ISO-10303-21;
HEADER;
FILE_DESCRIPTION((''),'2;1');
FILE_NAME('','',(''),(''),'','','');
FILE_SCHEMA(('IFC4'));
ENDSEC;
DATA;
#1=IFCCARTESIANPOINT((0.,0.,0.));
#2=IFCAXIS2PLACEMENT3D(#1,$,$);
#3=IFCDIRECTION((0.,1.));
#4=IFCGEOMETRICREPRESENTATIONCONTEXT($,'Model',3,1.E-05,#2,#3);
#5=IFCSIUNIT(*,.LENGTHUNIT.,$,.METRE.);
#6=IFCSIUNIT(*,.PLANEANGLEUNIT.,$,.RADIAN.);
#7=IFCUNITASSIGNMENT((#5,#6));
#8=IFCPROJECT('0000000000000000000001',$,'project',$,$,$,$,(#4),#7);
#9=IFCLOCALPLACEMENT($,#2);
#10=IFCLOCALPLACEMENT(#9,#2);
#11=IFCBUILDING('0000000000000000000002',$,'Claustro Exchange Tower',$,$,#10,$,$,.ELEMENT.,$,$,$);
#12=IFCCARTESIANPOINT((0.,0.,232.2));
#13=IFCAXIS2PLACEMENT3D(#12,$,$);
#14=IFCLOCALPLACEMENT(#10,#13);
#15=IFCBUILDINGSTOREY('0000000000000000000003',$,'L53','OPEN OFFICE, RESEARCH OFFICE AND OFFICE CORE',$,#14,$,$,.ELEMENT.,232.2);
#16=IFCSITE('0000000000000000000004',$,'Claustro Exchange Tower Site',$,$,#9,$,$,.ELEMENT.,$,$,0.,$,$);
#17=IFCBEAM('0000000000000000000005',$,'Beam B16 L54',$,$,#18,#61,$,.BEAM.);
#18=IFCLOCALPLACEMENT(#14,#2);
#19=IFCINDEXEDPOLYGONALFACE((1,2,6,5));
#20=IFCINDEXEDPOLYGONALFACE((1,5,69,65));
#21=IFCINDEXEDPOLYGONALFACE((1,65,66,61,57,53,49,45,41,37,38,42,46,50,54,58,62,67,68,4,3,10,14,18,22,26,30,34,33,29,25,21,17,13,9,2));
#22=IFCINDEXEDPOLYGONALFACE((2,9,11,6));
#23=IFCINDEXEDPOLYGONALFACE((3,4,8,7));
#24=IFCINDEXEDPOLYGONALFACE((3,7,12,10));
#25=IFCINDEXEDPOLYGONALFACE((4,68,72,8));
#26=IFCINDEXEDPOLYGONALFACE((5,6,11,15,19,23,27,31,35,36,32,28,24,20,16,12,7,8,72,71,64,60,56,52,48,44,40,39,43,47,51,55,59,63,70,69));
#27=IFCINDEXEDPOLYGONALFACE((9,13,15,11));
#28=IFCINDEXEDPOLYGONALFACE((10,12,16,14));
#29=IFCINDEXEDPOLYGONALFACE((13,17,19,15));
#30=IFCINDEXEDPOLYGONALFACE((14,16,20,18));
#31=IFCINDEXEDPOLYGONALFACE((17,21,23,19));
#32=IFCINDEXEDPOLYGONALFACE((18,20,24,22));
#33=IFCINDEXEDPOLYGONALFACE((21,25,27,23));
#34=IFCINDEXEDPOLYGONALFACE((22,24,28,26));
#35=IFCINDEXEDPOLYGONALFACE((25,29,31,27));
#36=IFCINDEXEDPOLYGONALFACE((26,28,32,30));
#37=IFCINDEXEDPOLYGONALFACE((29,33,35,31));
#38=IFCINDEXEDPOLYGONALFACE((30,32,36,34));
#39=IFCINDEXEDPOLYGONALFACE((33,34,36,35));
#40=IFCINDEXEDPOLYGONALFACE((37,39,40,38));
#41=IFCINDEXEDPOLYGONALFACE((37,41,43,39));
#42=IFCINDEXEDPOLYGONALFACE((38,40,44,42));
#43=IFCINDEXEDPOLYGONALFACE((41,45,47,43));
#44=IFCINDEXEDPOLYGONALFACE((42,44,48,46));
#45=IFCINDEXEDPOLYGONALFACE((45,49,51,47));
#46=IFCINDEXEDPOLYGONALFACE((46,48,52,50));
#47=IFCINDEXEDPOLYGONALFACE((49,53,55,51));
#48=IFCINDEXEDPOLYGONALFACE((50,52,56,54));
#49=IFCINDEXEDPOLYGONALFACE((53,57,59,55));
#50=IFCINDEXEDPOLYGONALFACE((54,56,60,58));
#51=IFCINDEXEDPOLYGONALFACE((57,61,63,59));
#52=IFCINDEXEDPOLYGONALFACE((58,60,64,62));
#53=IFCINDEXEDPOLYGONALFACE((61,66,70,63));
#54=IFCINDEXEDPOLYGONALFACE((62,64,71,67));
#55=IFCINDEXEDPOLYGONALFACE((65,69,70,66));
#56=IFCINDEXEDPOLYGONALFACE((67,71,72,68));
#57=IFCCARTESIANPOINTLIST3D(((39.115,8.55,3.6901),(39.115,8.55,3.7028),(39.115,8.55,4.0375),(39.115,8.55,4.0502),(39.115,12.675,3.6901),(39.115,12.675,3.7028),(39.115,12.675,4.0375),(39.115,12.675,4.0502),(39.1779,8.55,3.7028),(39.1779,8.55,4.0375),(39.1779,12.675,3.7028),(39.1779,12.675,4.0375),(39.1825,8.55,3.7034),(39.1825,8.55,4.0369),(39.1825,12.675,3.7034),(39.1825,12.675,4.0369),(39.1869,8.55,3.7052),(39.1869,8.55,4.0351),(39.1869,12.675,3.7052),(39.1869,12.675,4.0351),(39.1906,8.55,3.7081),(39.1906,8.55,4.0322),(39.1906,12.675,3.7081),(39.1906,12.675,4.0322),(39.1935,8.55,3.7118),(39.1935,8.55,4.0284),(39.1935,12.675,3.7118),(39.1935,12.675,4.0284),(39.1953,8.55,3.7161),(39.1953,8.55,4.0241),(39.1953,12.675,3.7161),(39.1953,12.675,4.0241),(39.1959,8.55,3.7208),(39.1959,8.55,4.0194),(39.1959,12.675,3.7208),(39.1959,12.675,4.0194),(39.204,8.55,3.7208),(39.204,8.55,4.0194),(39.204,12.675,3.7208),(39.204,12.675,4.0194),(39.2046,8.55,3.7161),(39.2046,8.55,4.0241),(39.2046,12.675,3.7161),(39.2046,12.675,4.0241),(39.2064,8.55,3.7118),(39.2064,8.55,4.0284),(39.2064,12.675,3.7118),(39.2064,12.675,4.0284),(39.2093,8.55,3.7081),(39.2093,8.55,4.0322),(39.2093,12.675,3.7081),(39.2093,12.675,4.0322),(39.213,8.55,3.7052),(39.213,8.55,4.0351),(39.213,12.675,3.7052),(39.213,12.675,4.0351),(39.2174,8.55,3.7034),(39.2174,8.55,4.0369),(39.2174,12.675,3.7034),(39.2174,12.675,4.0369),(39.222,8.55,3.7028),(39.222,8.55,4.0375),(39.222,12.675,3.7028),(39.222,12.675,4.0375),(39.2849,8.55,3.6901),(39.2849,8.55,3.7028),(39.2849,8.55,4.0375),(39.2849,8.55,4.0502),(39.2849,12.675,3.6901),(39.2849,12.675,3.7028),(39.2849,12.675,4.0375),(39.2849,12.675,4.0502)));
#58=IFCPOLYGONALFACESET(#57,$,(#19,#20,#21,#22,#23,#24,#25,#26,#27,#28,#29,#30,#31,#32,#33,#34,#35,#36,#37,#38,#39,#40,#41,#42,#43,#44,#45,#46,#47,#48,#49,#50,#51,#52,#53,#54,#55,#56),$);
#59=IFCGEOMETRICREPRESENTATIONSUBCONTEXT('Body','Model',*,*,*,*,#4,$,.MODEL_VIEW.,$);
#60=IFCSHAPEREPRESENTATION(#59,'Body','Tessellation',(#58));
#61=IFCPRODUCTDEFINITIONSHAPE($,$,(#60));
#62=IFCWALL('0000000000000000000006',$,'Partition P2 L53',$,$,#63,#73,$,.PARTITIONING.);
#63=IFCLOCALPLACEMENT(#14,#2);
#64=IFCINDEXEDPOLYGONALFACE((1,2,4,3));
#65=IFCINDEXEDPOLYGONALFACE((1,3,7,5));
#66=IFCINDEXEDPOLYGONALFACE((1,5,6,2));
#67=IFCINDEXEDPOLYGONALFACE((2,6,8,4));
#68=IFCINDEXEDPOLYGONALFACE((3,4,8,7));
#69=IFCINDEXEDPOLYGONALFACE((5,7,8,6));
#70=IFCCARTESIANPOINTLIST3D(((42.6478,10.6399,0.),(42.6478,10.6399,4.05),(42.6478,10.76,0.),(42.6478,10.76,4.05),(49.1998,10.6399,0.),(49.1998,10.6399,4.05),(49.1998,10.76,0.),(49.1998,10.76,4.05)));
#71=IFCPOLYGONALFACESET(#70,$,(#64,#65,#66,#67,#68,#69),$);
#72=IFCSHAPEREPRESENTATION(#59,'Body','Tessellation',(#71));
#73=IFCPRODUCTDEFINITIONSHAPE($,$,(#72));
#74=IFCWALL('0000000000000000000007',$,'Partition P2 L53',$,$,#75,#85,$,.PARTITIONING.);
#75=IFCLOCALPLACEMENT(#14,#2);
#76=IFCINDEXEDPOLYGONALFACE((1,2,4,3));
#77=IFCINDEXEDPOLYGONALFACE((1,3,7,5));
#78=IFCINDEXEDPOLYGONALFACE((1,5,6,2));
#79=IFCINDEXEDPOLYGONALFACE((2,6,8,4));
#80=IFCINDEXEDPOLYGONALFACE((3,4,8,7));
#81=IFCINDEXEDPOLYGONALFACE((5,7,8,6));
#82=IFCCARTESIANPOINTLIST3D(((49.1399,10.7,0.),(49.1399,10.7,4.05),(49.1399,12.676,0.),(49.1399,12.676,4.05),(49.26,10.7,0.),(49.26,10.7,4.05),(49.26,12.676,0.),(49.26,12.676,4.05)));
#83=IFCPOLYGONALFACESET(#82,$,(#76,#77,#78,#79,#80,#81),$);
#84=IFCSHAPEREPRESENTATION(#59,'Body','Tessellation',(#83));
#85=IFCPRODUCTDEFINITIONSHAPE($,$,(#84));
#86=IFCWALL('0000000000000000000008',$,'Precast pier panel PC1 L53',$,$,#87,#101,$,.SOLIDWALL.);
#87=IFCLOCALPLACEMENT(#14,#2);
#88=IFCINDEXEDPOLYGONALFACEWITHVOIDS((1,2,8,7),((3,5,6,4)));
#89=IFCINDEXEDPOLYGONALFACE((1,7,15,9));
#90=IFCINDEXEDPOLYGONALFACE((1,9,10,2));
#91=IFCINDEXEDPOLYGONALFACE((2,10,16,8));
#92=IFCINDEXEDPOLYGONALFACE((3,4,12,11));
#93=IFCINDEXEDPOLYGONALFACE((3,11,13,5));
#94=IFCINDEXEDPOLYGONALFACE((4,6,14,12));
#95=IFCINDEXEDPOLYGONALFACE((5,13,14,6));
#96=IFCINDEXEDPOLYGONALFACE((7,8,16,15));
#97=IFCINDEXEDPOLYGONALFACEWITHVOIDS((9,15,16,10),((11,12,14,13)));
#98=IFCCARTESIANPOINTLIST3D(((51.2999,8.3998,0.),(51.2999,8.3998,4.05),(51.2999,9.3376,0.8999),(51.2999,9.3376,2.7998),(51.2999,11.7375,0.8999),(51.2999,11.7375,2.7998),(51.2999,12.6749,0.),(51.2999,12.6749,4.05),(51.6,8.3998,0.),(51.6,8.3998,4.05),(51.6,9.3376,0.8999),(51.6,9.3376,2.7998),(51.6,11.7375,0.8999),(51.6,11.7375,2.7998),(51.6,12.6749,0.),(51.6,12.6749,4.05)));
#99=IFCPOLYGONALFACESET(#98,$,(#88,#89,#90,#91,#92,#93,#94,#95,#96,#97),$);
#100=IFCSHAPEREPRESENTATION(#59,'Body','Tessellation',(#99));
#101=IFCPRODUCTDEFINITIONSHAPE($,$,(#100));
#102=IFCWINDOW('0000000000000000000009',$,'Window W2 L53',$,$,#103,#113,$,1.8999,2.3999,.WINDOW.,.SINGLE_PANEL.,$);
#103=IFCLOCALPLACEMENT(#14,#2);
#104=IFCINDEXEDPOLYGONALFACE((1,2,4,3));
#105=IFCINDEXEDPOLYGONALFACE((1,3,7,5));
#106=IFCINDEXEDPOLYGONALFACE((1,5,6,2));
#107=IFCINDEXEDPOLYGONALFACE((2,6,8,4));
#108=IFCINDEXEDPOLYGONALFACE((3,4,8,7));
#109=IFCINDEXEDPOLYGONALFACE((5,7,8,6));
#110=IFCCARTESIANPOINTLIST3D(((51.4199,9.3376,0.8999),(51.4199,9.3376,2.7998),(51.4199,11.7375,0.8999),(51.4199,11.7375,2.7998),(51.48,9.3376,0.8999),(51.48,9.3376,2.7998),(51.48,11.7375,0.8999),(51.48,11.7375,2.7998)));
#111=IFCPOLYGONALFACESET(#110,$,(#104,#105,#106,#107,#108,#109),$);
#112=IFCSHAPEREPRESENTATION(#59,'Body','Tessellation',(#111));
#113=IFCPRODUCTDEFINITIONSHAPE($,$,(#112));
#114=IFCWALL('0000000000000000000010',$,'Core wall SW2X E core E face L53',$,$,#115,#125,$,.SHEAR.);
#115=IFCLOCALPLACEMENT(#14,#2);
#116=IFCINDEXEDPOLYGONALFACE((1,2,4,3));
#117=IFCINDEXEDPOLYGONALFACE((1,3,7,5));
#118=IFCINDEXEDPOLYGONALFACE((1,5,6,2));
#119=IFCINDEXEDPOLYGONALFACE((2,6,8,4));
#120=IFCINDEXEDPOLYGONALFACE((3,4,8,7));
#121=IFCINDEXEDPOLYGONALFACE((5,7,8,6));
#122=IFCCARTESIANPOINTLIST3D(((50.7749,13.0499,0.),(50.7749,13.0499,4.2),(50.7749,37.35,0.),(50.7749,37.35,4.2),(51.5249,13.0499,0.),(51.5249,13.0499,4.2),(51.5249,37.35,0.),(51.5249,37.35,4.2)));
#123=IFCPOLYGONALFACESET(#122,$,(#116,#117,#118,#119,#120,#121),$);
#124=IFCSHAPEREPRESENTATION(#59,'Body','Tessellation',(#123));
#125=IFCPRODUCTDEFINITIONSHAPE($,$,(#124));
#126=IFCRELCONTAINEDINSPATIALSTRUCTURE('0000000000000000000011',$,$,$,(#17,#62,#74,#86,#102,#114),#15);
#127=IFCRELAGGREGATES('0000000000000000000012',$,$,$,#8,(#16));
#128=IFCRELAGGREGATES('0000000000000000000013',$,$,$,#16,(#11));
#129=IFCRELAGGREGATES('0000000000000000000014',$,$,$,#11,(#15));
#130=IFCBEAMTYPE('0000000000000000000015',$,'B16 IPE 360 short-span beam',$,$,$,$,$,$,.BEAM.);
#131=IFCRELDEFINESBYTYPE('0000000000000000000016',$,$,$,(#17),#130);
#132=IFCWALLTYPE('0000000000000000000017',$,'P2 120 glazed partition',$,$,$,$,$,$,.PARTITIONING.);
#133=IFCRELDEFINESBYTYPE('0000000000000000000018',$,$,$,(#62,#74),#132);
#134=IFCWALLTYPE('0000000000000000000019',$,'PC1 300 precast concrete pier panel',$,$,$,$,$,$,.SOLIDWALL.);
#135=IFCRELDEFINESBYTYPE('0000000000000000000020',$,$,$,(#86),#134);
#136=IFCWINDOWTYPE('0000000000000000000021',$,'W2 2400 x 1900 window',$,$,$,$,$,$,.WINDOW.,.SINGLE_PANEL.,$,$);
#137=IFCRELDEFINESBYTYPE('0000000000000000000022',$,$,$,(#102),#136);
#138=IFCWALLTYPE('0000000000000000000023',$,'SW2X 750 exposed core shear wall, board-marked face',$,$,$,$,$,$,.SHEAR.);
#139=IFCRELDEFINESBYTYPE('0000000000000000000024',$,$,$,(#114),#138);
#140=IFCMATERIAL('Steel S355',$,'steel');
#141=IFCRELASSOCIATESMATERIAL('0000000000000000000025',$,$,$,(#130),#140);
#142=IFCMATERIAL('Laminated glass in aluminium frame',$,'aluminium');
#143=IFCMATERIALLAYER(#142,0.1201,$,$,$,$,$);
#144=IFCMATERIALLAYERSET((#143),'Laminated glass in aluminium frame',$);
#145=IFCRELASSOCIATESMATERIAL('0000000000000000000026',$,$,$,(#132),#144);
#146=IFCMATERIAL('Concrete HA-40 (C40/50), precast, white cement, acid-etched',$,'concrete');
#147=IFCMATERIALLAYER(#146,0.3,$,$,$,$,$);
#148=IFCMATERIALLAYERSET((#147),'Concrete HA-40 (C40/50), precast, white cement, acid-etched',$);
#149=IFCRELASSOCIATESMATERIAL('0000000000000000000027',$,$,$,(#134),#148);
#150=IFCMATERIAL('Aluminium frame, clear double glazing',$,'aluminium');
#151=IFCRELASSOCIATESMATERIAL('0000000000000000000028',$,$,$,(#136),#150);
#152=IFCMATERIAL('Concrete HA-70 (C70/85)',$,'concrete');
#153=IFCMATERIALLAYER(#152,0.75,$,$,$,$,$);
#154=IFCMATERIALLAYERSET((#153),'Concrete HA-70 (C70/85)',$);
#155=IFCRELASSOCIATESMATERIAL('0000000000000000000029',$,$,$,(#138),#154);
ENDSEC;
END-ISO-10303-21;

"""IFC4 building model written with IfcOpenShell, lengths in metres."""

from ifc_helpers import new_model, si_unit, direction, frame, frame_2d, origin, origin_2d, place, context, subcontext, project, spatial, rectangle, i_section, extrude, material, layer, layer_set, material_profile, profile_set, type_object, element, fill, save


model = new_model("IFC4")

# Units and contexts
model_context = context("Model", 3, precision=1e-05, world=origin(), true_north=direction((0.0, 1.0)))
body_context = subcontext(model_context, "Body", "Model", "MODEL_VIEW")
ifc_project = project(units=[si_unit("LENGTHUNIT", "METRE"), si_unit("PLANEANGLEUNIT", "RADIAN")], contexts=[model_context])

# Site, building, storey
site_placement = place(None, origin())
site = spatial("IfcSite", under=ifc_project, at=site_placement, Name="Claustro Exchange Tower Site", CompositionType="ELEMENT", RefElevation=0.0)
building_placement = place(site_placement, origin())
building = spatial("IfcBuilding", under=site, at=building_placement, Name="Claustro Exchange Tower", CompositionType="ELEMENT")
storey_placement = place(building_placement, frame((0.0, 0.0, 232.2)))
storey = spatial("IfcBuildingStorey", under=building, at=storey_placement, Name="L53", Description="OPEN OFFICE, RESEARCH OFFICE AND OFFICE CORE", CompositionType="ELEMENT", Elevation=232.2)

# Beam
ifc_material_1 = material(Name="Steel S355", Category="steel")
ifc_material_profile = material_profile(ifc_material_1, i_section(OverallWidth=0.1699, OverallDepth=0.3601, WebThickness=0.0081, FlangeThickness=0.0127, FilletRadius=0.0181, at=origin_2d()), Name="IPE 360")
ifc_profile_set = profile_set([ifc_material_profile], Name="Steel S355")
beam_type = type_object("IfcBeamType", Name="B16 IPE 360 short-span beam", PredefinedType="BEAM", material=ifc_profile_set)
beam_placement = place(storey_placement, frame((39.2, 8.55, 3.8701), z_axis=(0.0, 1.0, 0.0), x_axis=(-1.0, 0.0, 0.0)))
element("IfcBeam", 1, at=beam_placement, inside=storey, type_object=beam_type, Name="Beam B16 L54", PredefinedType="BEAM", context=body_context, shape_type="SweptSolid", body=[
    extrude(i_section(OverallWidth=0.1699, OverallDepth=0.3601, WebThickness=0.0081, FlangeThickness=0.0127, FilletRadius=0.0181, at=origin_2d()), origin(), (0.0, 0.0, 1.0), 4.125),
])

# Shared definitions
ifc_material_2 = material(Name="Laminated glass in aluminium frame", Category="aluminium")
ifc_layer_1 = layer(ifc_material_2, 0.1201)
ifc_layer_set_1 = layer_set([ifc_layer_1], Name="Laminated glass in aluminium frame")
wall_type_1 = type_object("IfcWallType", Name="P2 120 glazed partition", PredefinedType="PARTITIONING", material=ifc_layer_set_1)

# Walls
wall_1_placement = place(storey_placement, frame((42.6479, 10.7, 0.0), z_axis=(0.0, 0.0, 1.0), x_axis=(1.0, 0.0, 0.0)))
element("IfcWall", 2, at=wall_1_placement, inside=storey, type_object=wall_type_1, Name="Partition P2 L53", PredefinedType="PARTITIONING", context=body_context, shape_type="SweptSolid", body=[
    extrude(rectangle(XDim=6.552, YDim=0.1201, at=frame_2d((3.2759, 0.0))), origin(), (0.0, 0.0, 1.0), 4.05),
])
wall_2_placement = place(storey_placement, frame((49.2, 10.7, 0.0), z_axis=(0.0, 0.0, 1.0), x_axis=(0.0, 1.0, 0.0)))
element("IfcWall", 3, at=wall_2_placement, inside=storey, type_object=wall_type_1, Name="Partition P2 L53", PredefinedType="PARTITIONING", context=body_context, shape_type="SweptSolid", body=[
    extrude(rectangle(XDim=1.9761, YDim=0.1201, at=frame_2d((0.988, 0.0))), origin(), (0.0, 0.0, 1.0), 4.05),
])

# Wall, opening, window
ifc_material_3 = material(Name="Concrete HA-40 (C40/50), precast, white cement, acid-etched", Category="concrete")
ifc_layer_2 = layer(ifc_material_3, 0.3)
ifc_layer_set_2 = layer_set([ifc_layer_2], Name="Concrete HA-40 (C40/50), precast, white cement, acid-etched")
wall_type_2 = type_object("IfcWallType", Name="PC1 300 precast concrete pier panel", PredefinedType="SOLIDWALL", material=ifc_layer_set_2)
wall_3_placement = place(storey_placement, frame((51.45, 12.675, 0.0), z_axis=(0.0, 0.0, 1.0), x_axis=(0.0, -1.0, 0.0)))
wall_3 = element("IfcWall", 4, at=wall_3_placement, inside=storey, type_object=wall_type_2, Name="Precast pier panel PC1 L53", PredefinedType="SOLIDWALL", context=body_context, shape_type="SweptSolid", body=[
    extrude(rectangle(XDim=4.2751, YDim=0.3, at=frame_2d((2.1377, 0.0))), origin(), (0.0, 0.0, 1.0), 4.05),
])
opening_1_placement = place(wall_3_placement, frame((0.9375, 0.0, 0.8999)))
opening_1 = element("IfcOpeningElement", 5, at=opening_1_placement, cuts=wall_3, PredefinedType="OPENING", context=body_context, shape_type="SweptSolid", body=[
    extrude(rectangle(XDim=2.3999, YDim=1.8999, at=frame_2d((1.2, 0.95))), frame((0.0, 0.1599, 0.0), z_axis=(0.0, -1.0, 0.0), x_axis=(1.0, 0.0, 0.0)), (0.0, 0.0, 1.0), 0.3201),
])
ifc_material_4 = material(Name="Aluminium frame, clear double glazing", Category="aluminium")
window_type = type_object("IfcWindowType", Name="W2 2400 x 1900 window", PartitioningType="SINGLE_PANEL", PredefinedType="WINDOW", material=ifc_material_4)
window_placement = place(opening_1_placement, origin())
window = element("IfcWindow", 6, at=window_placement, inside=storey, type_object=window_type, Name="Window W2 L53", OverallHeight=1.8999, OverallWidth=2.3999, PartitioningType="SINGLE_PANEL", PredefinedType="WINDOW", context=body_context, shape_type="SweptSolid", body=[
    extrude(rectangle(XDim=2.3999, YDim=1.8999, at=frame_2d((1.2, 0.95))), frame((0.0, 0.03, 0.0), z_axis=(0.0, -1.0, 0.0), x_axis=(1.0, 0.0, 0.0)), (0.0, 0.0, 1.0), 0.0601),
])
fill(opening_1, window)

# Wall
ifc_material_5 = material(Name="Concrete HA-70 (C70/85)", Category="concrete")
ifc_layer_3 = layer(ifc_material_5, 0.75)
ifc_layer_set_3 = layer_set([ifc_layer_3], Name="Concrete HA-70 (C70/85)")
wall_type_3 = type_object("IfcWallType", Name="SW2X 750 exposed core shear wall, board-marked face", PredefinedType="SHEAR", material=ifc_layer_set_3)
wall_4_placement = place(storey_placement, frame((51.1499, 13.05, 0.0), z_axis=(0.0, 0.0, 1.0), x_axis=(0.0, 1.0, 0.0)))
element("IfcWall", 7, at=wall_4_placement, inside=storey, type_object=wall_type_3, Name="Core wall SW2X E core E face L53", PredefinedType="SHEAR", context=body_context, shape_type="SweptSolid", body=[
    extrude(rectangle(XDim=24.3, YDim=0.75, at=frame_2d((12.1499, 0.0))), origin(), (0.0, 0.0, 1.0), 4.2),
])

save(model, "model.ifc")
